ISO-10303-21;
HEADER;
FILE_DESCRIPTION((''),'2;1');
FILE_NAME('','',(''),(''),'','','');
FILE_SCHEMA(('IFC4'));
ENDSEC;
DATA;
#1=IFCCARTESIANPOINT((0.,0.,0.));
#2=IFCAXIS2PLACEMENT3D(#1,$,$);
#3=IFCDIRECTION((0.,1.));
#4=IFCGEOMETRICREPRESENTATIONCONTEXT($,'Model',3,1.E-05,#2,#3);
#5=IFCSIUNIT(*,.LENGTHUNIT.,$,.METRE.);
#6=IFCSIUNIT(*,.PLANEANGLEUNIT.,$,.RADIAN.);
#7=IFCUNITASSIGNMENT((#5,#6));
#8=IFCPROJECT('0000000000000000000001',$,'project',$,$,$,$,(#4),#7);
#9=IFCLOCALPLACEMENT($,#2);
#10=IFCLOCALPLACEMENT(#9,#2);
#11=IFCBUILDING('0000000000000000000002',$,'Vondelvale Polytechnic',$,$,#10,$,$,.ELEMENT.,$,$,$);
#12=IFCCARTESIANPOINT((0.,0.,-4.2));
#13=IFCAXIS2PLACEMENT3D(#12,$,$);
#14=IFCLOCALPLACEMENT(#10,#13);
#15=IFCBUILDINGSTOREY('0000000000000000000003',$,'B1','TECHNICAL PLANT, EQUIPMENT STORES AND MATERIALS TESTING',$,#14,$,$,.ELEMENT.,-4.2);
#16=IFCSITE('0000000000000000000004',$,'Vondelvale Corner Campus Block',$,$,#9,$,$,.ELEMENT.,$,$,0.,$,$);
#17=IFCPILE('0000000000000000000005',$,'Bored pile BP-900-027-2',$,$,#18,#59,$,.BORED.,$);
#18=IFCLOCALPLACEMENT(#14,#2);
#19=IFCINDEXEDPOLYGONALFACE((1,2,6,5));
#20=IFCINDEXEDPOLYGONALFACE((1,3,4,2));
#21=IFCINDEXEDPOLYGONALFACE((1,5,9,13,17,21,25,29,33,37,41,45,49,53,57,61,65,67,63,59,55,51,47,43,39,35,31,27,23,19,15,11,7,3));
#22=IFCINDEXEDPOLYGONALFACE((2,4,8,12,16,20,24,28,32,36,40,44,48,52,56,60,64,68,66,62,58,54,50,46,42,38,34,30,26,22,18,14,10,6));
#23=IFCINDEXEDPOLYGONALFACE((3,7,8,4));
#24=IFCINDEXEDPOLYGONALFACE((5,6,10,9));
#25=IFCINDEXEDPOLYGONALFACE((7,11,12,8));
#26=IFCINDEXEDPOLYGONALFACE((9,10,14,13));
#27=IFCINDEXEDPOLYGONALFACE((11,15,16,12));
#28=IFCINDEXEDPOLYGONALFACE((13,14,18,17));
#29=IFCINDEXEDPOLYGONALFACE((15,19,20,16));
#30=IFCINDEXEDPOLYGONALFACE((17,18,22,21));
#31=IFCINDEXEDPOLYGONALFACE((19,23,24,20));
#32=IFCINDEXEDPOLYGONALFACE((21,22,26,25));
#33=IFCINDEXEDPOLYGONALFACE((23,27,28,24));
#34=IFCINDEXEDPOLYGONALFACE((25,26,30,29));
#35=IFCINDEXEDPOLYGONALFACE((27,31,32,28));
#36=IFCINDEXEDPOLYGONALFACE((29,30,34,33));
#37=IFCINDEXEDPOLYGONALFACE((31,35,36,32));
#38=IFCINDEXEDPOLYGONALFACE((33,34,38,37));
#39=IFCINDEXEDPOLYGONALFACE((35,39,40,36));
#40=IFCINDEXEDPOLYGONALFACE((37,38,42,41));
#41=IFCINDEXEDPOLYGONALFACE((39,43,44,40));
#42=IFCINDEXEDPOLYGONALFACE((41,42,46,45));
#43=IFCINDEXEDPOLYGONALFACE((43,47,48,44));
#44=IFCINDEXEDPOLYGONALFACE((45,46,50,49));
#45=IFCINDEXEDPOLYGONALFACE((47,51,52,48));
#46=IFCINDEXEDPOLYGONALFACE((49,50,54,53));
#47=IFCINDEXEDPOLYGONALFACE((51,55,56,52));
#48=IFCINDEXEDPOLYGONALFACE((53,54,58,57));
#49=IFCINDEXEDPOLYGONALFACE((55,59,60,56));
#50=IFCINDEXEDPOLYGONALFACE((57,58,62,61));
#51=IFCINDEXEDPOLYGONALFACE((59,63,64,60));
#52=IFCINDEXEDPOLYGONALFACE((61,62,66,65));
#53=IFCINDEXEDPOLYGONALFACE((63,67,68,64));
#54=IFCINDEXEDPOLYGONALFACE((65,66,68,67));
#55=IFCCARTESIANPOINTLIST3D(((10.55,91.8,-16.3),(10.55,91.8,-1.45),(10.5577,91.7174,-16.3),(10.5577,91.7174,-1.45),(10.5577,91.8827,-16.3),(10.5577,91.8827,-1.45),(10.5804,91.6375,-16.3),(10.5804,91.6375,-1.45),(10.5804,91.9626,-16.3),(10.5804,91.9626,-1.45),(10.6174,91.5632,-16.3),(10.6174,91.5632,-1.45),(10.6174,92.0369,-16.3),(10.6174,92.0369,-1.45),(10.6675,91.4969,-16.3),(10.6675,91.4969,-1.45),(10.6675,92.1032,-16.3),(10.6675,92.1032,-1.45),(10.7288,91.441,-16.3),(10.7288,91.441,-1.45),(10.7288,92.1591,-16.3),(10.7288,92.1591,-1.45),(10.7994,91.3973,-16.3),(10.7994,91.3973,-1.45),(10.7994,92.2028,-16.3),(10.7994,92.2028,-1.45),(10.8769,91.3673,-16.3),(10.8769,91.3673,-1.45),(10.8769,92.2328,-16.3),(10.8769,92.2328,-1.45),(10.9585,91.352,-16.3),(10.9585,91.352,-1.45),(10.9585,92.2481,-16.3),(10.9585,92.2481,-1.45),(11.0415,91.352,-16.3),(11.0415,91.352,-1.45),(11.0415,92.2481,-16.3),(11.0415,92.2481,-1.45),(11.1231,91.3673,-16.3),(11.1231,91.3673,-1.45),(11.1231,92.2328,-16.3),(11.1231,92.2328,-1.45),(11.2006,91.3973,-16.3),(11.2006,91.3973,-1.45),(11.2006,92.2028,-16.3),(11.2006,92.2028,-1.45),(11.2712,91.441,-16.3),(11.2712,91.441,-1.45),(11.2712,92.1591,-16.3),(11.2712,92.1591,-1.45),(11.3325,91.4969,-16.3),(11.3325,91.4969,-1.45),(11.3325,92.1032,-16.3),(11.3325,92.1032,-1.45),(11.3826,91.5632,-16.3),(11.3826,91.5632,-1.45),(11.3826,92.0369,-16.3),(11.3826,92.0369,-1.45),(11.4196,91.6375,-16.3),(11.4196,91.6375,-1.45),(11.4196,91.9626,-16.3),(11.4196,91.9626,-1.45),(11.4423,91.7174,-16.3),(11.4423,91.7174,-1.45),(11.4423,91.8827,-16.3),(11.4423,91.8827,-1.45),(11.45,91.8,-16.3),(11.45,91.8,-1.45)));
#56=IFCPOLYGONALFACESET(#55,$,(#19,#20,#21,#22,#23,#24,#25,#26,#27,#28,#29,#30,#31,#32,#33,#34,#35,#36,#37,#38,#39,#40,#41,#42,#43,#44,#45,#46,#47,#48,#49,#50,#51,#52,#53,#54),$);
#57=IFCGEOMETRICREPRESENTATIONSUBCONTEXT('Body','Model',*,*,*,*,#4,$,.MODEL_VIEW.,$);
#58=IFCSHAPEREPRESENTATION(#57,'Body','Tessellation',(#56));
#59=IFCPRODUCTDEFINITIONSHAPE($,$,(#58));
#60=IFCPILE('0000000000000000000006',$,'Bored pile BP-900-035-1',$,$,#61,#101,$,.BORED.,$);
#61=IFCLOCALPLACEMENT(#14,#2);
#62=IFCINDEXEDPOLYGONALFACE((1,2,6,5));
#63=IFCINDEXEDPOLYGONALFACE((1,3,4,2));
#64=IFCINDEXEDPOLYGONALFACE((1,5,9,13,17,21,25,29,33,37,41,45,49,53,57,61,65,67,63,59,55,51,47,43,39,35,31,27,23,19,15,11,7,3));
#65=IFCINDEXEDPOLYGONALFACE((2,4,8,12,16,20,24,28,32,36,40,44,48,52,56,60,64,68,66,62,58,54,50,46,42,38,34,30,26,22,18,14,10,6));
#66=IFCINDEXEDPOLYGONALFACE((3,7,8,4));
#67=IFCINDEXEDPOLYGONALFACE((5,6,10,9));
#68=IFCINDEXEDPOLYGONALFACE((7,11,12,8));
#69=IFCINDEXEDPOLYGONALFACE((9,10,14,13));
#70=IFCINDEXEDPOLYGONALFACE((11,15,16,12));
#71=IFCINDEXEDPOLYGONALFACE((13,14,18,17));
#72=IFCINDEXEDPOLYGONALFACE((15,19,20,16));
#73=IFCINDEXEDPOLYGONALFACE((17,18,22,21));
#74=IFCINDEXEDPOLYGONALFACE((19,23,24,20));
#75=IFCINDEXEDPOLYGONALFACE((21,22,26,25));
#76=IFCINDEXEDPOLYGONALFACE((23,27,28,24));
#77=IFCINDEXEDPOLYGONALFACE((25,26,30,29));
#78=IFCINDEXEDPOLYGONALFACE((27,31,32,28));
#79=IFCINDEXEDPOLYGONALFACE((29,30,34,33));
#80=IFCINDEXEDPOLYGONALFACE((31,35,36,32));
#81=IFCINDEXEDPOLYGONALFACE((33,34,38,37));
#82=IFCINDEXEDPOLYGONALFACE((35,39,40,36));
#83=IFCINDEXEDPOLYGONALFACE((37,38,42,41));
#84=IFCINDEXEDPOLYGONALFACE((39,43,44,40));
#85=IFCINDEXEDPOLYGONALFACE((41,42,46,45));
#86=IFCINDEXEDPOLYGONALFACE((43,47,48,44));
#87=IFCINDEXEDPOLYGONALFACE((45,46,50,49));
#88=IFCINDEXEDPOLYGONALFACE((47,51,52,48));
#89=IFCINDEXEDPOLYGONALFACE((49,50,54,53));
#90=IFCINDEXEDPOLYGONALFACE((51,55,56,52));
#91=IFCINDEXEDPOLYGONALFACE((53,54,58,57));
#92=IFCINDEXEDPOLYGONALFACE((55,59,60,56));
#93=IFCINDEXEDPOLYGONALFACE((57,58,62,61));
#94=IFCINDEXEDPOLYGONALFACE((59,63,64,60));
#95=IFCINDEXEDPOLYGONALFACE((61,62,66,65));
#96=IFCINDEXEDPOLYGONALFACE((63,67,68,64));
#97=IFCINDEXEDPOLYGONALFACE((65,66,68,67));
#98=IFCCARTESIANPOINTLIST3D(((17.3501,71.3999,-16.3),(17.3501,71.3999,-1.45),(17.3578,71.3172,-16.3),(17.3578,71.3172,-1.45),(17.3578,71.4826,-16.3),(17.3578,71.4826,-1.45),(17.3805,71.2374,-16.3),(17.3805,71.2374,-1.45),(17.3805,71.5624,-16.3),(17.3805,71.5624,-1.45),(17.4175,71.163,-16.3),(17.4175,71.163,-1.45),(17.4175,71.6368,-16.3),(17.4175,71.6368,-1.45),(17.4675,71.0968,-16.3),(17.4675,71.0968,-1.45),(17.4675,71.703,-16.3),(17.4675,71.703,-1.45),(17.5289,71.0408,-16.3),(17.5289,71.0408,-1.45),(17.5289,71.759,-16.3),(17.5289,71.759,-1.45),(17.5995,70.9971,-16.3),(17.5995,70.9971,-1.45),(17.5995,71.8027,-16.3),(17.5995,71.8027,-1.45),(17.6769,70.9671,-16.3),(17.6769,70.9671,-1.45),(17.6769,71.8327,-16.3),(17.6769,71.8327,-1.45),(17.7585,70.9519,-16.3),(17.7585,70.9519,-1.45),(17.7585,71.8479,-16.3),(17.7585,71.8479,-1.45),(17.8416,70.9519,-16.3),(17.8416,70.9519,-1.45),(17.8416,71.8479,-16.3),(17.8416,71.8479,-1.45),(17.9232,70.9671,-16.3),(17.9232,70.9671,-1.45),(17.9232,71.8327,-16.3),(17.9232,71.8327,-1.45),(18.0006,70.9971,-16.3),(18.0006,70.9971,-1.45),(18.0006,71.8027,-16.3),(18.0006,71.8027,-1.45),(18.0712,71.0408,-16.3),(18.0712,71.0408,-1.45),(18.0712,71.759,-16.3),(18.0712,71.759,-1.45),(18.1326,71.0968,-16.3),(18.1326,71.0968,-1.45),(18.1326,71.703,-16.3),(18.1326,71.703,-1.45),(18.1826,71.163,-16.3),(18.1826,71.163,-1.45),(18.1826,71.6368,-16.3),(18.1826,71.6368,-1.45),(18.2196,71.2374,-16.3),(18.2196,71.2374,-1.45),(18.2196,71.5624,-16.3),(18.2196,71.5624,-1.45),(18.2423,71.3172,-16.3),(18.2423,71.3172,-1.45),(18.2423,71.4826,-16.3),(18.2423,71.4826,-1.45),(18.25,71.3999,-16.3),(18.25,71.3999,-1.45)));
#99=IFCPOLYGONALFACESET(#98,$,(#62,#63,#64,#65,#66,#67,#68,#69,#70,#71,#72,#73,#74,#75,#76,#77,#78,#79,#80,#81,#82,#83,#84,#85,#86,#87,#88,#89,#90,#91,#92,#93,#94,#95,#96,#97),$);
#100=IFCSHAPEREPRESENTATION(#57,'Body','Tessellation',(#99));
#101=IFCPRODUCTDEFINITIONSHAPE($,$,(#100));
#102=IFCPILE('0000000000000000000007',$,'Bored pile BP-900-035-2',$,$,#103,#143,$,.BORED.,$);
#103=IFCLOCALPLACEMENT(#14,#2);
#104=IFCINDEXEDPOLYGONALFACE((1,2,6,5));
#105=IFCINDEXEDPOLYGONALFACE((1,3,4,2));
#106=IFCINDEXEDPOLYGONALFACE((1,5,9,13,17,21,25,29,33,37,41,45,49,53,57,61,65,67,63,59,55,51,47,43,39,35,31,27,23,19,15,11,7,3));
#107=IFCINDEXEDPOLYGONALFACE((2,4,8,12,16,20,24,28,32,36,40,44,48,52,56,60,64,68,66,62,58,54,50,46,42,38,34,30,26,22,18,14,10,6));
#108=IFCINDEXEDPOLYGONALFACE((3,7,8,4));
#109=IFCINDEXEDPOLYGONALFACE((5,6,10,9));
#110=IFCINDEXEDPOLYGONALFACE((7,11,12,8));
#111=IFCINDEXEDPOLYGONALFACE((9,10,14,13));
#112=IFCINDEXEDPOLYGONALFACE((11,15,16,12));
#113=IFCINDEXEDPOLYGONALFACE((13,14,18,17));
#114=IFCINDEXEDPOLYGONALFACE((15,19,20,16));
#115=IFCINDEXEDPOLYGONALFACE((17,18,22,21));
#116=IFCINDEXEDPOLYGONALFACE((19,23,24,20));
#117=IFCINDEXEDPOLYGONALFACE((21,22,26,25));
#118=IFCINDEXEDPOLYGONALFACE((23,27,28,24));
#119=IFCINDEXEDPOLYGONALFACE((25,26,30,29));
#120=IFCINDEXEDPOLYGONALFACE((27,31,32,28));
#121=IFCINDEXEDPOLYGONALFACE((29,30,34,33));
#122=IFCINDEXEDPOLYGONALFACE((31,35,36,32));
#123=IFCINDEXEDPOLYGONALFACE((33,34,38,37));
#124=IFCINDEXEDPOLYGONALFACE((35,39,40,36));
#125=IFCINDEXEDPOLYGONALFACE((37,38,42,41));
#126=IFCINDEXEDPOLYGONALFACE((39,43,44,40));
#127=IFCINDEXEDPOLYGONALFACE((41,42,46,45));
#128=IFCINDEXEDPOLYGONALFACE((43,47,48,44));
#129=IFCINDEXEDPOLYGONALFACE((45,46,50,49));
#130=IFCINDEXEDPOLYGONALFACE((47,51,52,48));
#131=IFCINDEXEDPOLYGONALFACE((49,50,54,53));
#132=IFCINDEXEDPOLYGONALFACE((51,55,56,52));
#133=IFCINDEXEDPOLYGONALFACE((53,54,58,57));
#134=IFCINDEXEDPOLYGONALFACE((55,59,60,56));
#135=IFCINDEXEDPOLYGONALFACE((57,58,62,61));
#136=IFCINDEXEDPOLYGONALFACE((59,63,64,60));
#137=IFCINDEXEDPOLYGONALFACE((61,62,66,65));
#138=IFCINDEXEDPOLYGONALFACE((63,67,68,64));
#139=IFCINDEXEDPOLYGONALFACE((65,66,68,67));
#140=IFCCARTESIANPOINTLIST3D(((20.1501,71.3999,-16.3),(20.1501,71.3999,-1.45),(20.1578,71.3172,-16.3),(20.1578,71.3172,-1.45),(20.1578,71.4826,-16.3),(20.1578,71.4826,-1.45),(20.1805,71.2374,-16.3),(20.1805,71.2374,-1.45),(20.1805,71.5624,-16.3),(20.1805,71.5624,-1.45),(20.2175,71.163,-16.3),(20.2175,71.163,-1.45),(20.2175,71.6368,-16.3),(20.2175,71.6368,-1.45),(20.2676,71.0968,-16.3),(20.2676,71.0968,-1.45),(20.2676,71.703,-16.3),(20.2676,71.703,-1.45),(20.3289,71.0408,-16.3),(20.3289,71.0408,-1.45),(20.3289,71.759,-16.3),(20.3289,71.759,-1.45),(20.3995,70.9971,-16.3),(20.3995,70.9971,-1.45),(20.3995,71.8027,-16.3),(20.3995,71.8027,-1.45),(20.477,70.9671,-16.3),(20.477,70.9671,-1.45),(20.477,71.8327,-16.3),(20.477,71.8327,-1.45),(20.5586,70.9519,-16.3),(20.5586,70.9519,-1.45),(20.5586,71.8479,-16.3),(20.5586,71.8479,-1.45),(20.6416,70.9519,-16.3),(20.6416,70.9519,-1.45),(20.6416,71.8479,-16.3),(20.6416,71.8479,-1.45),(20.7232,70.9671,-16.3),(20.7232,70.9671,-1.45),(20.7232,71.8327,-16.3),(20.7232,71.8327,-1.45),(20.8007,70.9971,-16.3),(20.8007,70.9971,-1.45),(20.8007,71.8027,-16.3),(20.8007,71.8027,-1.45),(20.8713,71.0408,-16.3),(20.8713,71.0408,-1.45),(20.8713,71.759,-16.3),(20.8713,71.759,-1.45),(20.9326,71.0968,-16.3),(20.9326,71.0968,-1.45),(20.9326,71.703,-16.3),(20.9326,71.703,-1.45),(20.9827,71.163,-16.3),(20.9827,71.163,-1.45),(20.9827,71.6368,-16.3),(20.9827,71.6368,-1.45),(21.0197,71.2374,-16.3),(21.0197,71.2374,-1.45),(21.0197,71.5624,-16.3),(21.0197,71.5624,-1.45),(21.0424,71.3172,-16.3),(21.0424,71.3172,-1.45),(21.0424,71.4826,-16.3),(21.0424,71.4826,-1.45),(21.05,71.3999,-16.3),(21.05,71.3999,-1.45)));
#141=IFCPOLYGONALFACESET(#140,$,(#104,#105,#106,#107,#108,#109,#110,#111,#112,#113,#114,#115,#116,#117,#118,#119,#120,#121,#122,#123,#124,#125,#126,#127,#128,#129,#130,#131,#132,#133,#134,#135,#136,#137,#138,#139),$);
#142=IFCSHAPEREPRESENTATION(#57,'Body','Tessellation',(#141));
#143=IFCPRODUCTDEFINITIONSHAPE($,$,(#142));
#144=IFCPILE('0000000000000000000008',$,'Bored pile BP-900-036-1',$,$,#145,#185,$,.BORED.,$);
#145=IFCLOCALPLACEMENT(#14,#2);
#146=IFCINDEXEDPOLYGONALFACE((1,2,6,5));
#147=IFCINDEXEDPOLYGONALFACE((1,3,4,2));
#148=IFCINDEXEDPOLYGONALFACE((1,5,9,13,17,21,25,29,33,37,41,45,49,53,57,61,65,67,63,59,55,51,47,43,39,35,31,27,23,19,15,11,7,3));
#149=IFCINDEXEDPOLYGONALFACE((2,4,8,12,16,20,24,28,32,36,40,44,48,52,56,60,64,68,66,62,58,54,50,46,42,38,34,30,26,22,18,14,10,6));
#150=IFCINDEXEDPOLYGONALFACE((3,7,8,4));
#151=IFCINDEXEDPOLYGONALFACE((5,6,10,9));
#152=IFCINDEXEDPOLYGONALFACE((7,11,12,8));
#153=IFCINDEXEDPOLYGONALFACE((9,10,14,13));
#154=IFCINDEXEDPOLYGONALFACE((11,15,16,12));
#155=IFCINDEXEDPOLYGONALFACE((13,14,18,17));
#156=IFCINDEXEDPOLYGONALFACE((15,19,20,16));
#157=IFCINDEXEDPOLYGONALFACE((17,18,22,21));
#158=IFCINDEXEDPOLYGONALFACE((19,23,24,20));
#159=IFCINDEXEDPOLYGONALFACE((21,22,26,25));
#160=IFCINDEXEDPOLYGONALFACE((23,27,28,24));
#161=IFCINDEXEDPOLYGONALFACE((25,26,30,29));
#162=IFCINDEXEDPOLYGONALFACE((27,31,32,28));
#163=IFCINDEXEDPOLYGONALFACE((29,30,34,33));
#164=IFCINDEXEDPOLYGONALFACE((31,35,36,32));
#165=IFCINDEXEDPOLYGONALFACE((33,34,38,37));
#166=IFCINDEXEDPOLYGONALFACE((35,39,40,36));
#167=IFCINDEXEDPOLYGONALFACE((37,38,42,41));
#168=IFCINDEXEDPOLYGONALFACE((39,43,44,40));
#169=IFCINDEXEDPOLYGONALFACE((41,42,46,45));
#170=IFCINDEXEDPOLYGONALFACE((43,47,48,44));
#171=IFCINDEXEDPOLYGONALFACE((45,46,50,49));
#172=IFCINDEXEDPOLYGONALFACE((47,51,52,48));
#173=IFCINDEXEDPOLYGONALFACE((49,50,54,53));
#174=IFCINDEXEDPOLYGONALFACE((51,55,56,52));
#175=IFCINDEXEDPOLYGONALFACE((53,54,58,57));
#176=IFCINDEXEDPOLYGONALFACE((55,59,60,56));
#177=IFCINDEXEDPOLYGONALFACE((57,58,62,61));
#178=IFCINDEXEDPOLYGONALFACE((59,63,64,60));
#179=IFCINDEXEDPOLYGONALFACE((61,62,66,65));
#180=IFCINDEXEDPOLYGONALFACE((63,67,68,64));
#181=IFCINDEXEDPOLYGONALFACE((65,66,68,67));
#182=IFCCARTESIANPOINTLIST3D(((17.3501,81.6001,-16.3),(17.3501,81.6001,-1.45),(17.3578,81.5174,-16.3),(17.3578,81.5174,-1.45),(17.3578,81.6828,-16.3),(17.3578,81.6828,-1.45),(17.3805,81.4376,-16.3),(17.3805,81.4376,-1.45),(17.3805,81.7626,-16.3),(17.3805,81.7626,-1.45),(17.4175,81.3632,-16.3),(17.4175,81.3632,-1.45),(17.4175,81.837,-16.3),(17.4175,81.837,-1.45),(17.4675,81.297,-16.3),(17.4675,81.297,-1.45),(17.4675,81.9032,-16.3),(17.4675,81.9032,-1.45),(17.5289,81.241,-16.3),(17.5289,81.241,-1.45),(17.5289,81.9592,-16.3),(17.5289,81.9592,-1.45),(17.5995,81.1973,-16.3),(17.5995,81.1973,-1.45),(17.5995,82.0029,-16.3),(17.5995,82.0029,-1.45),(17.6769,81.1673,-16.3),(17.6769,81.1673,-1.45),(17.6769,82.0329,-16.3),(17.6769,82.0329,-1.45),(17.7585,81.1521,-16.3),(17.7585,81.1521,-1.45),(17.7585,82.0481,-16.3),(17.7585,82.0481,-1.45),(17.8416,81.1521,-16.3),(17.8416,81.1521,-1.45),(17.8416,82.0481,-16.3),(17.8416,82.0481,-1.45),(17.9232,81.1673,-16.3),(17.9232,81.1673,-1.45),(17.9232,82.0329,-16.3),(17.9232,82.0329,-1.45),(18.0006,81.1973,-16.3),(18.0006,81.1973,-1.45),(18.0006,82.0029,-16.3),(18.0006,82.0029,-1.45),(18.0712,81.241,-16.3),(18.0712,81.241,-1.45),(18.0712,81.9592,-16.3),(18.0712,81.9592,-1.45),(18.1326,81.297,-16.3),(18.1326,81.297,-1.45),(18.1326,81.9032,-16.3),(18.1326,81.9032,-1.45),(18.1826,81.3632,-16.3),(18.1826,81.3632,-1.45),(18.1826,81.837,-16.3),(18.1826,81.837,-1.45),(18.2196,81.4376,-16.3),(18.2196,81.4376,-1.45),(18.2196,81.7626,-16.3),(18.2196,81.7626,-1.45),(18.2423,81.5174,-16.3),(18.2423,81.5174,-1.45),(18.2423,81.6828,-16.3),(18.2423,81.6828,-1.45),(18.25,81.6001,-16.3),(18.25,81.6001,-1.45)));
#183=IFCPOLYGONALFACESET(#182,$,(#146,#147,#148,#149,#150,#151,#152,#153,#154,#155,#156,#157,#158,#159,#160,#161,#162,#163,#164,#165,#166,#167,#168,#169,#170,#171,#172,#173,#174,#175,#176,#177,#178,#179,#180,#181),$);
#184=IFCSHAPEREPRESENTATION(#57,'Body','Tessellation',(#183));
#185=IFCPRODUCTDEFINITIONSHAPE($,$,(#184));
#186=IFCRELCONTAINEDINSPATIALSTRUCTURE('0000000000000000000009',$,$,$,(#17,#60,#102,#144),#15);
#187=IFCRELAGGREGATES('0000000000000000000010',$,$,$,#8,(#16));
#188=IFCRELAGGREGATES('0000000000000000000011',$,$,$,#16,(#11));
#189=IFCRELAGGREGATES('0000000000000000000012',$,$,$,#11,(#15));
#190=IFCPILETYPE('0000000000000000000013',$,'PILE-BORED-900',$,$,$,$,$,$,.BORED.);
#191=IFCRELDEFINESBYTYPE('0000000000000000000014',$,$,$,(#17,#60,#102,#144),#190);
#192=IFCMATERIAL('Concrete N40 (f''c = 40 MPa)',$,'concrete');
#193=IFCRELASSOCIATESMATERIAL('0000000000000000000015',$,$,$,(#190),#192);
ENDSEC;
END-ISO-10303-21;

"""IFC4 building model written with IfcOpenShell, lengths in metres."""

from ifc_helpers import new_model, si_unit, direction, frame, origin, origin_2d, place, context, subcontext, project, spatial, circle, extrude, material, material_profile, profile_set, type_object, element, save


model = new_model("IFC4")

# Units and contexts
model_context = context("Model", 3, precision=1e-05, world=origin(), true_north=direction((0.0, 1.0)))
body_context = subcontext(model_context, "Body", "Model", "MODEL_VIEW")
ifc_project = project(units=[si_unit("LENGTHUNIT", "METRE"), si_unit("PLANEANGLEUNIT", "RADIAN")], contexts=[model_context])

# Site, building, storey
site_placement = place(None, origin())
site = spatial("IfcSite", under=ifc_project, at=site_placement, Name="Vondelvale Corner Campus Block", CompositionType="ELEMENT", RefElevation=0.0)
building_placement = place(site_placement, origin())
building = spatial("IfcBuilding", under=site, at=building_placement, Name="Vondelvale Polytechnic", CompositionType="ELEMENT")
storey_placement = place(building_placement, frame((0.0, 0.0, -4.2)))
storey = spatial("IfcBuildingStorey", under=building, at=storey_placement, Name="B1", Description="TECHNICAL PLANT, EQUIPMENT STORES AND MATERIALS TESTING", CompositionType="ELEMENT", Elevation=-4.2)

# Shared definitions
ifc_material_1 = material(Name="Concrete N40 (f'c = 40 MPa)", Category="concrete")

# Piles
ifc_material_profile_1 = material_profile(ifc_material_1, circle(Radius=0.45, at=origin_2d()), Name="PILE-D900")
ifc_profile_set_1 = profile_set([ifc_material_profile_1], Name="Concrete N40 (f'c = 40 MPa)")
pile_type = type_object("IfcPileType", Name="PILE-BORED-900", PredefinedType="BORED", material=ifc_profile_set_1)
for number, where, z_axis, x_axis, name in (
    (1, (11.0, 91.8, -1.45), (0.0, 0.0, -1.0), (1.0, 0.0, 0.0), "Bored pile BP-900-027-2"),
    (2, (17.8, 71.3999, -1.45), (0.0, 0.0, -1.0), (1.0, 0.0, 0.0), "Bored pile BP-900-035-1"),
    (3, (20.6001, 71.3999, -1.45), (0.0, 0.0, -1.0), (1.0, 0.0, 0.0), "Bored pile BP-900-035-2"),
    (4, (17.8, 81.6001, -1.45), (0.0, 0.0, -1.0), (1.0, 0.0, 0.0), "Bored pile BP-900-036-1"),
):
    element("IfcPile", number, at=place(storey_placement, frame(where, z_axis=z_axis, x_axis=x_axis)), inside=storey, type_object=pile_type, Name=name, PredefinedType="BORED", context=body_context, shape_type="SweptSolid", body=[
        extrude(circle(Radius=0.45, at=origin_2d()), origin(), (0.0, 0.0, 1.0), 14.8501),
    ])

save(model, "model.ifc")
